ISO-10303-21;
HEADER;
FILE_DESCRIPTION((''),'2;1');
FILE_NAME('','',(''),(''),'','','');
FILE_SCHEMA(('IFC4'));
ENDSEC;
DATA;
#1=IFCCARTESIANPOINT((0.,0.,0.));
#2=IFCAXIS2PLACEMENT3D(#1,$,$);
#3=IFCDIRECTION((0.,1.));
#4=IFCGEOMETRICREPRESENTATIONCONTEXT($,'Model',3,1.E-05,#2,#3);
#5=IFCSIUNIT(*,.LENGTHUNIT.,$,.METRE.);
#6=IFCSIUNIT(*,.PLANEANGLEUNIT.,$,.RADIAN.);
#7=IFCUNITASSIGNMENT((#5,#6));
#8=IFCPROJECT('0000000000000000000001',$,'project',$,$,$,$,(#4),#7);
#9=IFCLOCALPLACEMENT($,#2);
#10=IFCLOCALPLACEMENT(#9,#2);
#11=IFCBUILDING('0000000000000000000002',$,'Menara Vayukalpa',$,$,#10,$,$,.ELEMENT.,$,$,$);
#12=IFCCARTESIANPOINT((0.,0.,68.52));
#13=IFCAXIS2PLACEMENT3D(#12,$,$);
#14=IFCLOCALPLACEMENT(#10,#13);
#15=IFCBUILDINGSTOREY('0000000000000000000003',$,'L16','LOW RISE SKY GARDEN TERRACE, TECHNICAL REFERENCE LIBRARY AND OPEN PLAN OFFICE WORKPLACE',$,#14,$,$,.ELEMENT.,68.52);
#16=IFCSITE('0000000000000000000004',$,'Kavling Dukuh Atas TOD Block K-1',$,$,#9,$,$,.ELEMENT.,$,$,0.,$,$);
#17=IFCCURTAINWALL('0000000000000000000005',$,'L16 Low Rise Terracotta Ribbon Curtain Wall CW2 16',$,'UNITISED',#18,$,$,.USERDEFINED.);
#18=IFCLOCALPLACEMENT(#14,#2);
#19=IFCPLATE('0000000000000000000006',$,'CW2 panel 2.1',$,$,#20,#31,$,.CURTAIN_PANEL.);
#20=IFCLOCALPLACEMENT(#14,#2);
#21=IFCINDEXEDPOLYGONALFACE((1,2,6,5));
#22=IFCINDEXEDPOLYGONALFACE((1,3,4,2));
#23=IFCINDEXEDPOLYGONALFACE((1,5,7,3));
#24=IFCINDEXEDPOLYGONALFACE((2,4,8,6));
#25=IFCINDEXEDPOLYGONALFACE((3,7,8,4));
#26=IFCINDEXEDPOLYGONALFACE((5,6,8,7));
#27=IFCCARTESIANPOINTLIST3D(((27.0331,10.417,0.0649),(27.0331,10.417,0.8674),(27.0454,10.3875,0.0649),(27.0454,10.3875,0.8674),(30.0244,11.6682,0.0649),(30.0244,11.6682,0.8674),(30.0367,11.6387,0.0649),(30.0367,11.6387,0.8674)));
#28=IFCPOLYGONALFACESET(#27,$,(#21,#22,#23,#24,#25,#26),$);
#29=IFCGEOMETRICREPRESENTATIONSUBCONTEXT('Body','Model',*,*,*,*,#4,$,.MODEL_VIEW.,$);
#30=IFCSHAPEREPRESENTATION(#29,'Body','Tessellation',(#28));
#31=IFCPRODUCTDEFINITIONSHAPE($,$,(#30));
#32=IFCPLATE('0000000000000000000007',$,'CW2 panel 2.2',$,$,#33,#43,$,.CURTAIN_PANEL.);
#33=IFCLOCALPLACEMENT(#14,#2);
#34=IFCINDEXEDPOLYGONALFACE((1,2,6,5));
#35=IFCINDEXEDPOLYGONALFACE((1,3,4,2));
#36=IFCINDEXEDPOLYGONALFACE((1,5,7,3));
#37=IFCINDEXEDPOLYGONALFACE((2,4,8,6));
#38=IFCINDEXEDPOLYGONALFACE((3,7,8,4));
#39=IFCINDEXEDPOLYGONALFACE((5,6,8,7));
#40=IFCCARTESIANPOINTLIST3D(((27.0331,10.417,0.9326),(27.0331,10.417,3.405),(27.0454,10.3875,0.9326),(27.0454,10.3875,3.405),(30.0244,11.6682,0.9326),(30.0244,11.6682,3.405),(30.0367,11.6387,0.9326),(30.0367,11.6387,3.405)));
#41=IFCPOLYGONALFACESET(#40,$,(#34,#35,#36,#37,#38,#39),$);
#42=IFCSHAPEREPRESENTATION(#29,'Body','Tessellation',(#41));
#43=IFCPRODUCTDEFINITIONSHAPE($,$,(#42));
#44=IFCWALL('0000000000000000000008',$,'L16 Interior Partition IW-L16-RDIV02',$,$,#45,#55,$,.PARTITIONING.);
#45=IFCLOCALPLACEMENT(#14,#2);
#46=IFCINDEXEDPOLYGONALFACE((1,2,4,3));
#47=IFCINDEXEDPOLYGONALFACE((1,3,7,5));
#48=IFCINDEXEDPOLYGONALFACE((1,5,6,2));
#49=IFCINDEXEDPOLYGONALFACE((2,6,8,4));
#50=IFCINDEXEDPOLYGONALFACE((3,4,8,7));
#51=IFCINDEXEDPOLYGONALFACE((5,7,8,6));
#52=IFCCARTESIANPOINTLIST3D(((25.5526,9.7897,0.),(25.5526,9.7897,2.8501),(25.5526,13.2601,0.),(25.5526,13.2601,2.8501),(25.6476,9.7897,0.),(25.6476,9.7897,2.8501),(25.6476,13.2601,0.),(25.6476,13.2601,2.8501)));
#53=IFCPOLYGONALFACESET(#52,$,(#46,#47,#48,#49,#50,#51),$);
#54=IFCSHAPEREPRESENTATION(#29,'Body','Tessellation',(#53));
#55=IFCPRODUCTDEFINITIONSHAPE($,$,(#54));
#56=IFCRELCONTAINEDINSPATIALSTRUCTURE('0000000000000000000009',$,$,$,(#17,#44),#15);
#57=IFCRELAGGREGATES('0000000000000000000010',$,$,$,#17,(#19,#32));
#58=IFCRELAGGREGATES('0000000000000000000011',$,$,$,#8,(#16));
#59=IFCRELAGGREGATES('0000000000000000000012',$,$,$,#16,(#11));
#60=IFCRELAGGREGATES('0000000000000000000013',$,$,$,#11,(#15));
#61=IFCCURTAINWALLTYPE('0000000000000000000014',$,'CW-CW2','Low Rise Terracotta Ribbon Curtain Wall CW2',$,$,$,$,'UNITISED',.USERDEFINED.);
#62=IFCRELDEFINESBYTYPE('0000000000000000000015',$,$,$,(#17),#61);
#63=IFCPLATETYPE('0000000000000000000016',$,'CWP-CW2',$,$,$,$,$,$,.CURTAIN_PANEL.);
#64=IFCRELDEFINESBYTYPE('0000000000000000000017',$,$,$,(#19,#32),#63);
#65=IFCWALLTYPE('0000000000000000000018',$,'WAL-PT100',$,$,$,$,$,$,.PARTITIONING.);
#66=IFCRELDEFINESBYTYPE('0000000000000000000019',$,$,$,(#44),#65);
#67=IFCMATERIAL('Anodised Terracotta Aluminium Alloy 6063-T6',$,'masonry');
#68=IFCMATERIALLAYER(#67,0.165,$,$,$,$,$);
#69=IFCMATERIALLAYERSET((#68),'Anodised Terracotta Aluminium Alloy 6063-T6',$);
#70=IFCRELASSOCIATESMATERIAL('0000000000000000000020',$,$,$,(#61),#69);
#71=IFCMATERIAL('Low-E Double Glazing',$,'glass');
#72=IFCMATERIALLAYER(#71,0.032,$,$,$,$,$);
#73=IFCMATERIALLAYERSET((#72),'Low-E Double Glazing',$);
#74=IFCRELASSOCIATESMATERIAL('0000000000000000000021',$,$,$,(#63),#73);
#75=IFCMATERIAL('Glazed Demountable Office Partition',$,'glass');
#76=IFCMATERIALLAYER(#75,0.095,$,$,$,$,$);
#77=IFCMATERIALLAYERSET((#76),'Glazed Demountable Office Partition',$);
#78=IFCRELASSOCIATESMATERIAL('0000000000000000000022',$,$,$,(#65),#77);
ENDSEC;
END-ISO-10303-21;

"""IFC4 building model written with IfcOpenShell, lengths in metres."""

from ifc_helpers import new_model, si_unit, direction, frame, frame_2d, origin, origin_2d, place, context, subcontext, project, spatial, rectangle, extrude, material, layer, layer_set, type_object, element, aggregate, save


model = new_model("IFC4")

# Units and contexts
model_context = context("Model", 3, precision=1e-05, world=origin(), true_north=direction((0.0, 1.0)))
body_context = subcontext(model_context, "Body", "Model", "MODEL_VIEW")
ifc_project = project(units=[si_unit("LENGTHUNIT", "METRE"), si_unit("PLANEANGLEUNIT", "RADIAN")], contexts=[model_context])

# Site, building, storey
site_placement = place(None, origin())
site = spatial("IfcSite", under=ifc_project, at=site_placement, Name="Kavling Dukuh Atas TOD Block K-1", CompositionType="ELEMENT", RefElevation=0.0)
building_placement = place(site_placement, origin())
building = spatial("IfcBuilding", under=site, at=building_placement, Name="Menara Vayukalpa", CompositionType="ELEMENT")
storey_placement = place(building_placement, frame((0.0, 0.0, 68.52)))
storey = spatial("IfcBuildingStorey", under=building, at=storey_placement, Name="L16", Description="LOW RISE SKY GARDEN TERRACE, TECHNICAL REFERENCE LIBRARY AND OPEN PLAN OFFICE WORKPLACE", CompositionType="ELEMENT", Elevation=68.52)

# Curtain wall
ifc_material_1 = material(Name="Anodised Terracotta Aluminium Alloy 6063-T6", Category="masonry")
ifc_layer_1 = layer(ifc_material_1, 0.165)
ifc_layer_set_1 = layer_set([ifc_layer_1], Name="Anodised Terracotta Aluminium Alloy 6063-T6")
curtain_wall_type = type_object("IfcCurtainWallType", Name="CW-CW2", Description="Low Rise Terracotta Ribbon Curtain Wall CW2", ElementType="UNITISED", PredefinedType="USERDEFINED", material=ifc_layer_set_1)
curtain_wall_1_placement = place(storey_placement, origin())
curtain_wall_1 = element("IfcCurtainWall", 1, at=curtain_wall_1_placement, inside=storey, type_object=curtain_wall_type, Name="L16 Low Rise Terracotta Ribbon Curtain Wall CW2 16", ObjectType="UNITISED", PredefinedType="USERDEFINED")

# Plates
ifc_material_2 = material(Name="Low-E Double Glazing", Category="glass")
ifc_layer_2 = layer(ifc_material_2, 0.032)
ifc_layer_set_2 = layer_set([ifc_layer_2], Name="Low-E Double Glazing")
plate_type = type_object("IfcPlateType", Name="CWP-CW2", PredefinedType="CURTAIN_PANEL", material=ifc_layer_set_2)
plate_1_placement = place(storey_placement, frame((28.5349, 11.0278, 0.0649), z_axis=(0.0, 0.0, 1.0), x_axis=(0.922543, 0.385895, 0.0)))
plate_1 = element("IfcPlate", 2, at=plate_1_placement, type_object=plate_type, Name="CW2 panel 2.1", PredefinedType="CURTAIN_PANEL", context=body_context, shape_type="SweptSolid", body=[
    extrude(rectangle(XDim=3.2424, YDim=0.032, at=origin_2d()), origin(), (0.0, 0.0, 1.0), 0.8025),
])
plate_2_placement = place(storey_placement, frame((28.5349, 11.0278, 0.9326), z_axis=(0.0, 0.0, 1.0), x_axis=(0.922543, 0.385895, 0.0)))
plate_2 = element("IfcPlate", 3, at=plate_2_placement, type_object=plate_type, Name="CW2 panel 2.2", PredefinedType="CURTAIN_PANEL", context=body_context, shape_type="SweptSolid", body=[
    extrude(rectangle(XDim=3.2424, YDim=0.032, at=origin_2d()), origin(), (0.0, 0.0, 1.0), 2.4724),
])
aggregate(curtain_wall_1, [plate_1, plate_2])

# Wall
ifc_material_3 = material(Name="Glazed Demountable Office Partition", Category="glass")
ifc_layer_3 = layer(ifc_material_3, 0.095)
ifc_layer_set_3 = layer_set([ifc_layer_3], Name="Glazed Demountable Office Partition")
wall_type = type_object("IfcWallType", Name="WAL-PT100", PredefinedType="PARTITIONING", material=ifc_layer_set_3)
wall_placement = place(storey_placement, frame((25.6001, 9.7896, 0.0), z_axis=(0.0, 0.0, 1.0), x_axis=(0.0, 1.0, 0.0)))
element("IfcWall", 4, at=wall_placement, inside=storey, type_object=wall_type, Name="L16 Interior Partition IW-L16-RDIV02", PredefinedType="PARTITIONING", context=body_context, shape_type="SweptSolid", body=[
    extrude(rectangle(XDim=3.4705, YDim=0.095, at=frame_2d((1.7354, 0.0))), origin(), (0.0, 0.0, 1.0), 2.8501),
])

save(model, "model.ifc")
